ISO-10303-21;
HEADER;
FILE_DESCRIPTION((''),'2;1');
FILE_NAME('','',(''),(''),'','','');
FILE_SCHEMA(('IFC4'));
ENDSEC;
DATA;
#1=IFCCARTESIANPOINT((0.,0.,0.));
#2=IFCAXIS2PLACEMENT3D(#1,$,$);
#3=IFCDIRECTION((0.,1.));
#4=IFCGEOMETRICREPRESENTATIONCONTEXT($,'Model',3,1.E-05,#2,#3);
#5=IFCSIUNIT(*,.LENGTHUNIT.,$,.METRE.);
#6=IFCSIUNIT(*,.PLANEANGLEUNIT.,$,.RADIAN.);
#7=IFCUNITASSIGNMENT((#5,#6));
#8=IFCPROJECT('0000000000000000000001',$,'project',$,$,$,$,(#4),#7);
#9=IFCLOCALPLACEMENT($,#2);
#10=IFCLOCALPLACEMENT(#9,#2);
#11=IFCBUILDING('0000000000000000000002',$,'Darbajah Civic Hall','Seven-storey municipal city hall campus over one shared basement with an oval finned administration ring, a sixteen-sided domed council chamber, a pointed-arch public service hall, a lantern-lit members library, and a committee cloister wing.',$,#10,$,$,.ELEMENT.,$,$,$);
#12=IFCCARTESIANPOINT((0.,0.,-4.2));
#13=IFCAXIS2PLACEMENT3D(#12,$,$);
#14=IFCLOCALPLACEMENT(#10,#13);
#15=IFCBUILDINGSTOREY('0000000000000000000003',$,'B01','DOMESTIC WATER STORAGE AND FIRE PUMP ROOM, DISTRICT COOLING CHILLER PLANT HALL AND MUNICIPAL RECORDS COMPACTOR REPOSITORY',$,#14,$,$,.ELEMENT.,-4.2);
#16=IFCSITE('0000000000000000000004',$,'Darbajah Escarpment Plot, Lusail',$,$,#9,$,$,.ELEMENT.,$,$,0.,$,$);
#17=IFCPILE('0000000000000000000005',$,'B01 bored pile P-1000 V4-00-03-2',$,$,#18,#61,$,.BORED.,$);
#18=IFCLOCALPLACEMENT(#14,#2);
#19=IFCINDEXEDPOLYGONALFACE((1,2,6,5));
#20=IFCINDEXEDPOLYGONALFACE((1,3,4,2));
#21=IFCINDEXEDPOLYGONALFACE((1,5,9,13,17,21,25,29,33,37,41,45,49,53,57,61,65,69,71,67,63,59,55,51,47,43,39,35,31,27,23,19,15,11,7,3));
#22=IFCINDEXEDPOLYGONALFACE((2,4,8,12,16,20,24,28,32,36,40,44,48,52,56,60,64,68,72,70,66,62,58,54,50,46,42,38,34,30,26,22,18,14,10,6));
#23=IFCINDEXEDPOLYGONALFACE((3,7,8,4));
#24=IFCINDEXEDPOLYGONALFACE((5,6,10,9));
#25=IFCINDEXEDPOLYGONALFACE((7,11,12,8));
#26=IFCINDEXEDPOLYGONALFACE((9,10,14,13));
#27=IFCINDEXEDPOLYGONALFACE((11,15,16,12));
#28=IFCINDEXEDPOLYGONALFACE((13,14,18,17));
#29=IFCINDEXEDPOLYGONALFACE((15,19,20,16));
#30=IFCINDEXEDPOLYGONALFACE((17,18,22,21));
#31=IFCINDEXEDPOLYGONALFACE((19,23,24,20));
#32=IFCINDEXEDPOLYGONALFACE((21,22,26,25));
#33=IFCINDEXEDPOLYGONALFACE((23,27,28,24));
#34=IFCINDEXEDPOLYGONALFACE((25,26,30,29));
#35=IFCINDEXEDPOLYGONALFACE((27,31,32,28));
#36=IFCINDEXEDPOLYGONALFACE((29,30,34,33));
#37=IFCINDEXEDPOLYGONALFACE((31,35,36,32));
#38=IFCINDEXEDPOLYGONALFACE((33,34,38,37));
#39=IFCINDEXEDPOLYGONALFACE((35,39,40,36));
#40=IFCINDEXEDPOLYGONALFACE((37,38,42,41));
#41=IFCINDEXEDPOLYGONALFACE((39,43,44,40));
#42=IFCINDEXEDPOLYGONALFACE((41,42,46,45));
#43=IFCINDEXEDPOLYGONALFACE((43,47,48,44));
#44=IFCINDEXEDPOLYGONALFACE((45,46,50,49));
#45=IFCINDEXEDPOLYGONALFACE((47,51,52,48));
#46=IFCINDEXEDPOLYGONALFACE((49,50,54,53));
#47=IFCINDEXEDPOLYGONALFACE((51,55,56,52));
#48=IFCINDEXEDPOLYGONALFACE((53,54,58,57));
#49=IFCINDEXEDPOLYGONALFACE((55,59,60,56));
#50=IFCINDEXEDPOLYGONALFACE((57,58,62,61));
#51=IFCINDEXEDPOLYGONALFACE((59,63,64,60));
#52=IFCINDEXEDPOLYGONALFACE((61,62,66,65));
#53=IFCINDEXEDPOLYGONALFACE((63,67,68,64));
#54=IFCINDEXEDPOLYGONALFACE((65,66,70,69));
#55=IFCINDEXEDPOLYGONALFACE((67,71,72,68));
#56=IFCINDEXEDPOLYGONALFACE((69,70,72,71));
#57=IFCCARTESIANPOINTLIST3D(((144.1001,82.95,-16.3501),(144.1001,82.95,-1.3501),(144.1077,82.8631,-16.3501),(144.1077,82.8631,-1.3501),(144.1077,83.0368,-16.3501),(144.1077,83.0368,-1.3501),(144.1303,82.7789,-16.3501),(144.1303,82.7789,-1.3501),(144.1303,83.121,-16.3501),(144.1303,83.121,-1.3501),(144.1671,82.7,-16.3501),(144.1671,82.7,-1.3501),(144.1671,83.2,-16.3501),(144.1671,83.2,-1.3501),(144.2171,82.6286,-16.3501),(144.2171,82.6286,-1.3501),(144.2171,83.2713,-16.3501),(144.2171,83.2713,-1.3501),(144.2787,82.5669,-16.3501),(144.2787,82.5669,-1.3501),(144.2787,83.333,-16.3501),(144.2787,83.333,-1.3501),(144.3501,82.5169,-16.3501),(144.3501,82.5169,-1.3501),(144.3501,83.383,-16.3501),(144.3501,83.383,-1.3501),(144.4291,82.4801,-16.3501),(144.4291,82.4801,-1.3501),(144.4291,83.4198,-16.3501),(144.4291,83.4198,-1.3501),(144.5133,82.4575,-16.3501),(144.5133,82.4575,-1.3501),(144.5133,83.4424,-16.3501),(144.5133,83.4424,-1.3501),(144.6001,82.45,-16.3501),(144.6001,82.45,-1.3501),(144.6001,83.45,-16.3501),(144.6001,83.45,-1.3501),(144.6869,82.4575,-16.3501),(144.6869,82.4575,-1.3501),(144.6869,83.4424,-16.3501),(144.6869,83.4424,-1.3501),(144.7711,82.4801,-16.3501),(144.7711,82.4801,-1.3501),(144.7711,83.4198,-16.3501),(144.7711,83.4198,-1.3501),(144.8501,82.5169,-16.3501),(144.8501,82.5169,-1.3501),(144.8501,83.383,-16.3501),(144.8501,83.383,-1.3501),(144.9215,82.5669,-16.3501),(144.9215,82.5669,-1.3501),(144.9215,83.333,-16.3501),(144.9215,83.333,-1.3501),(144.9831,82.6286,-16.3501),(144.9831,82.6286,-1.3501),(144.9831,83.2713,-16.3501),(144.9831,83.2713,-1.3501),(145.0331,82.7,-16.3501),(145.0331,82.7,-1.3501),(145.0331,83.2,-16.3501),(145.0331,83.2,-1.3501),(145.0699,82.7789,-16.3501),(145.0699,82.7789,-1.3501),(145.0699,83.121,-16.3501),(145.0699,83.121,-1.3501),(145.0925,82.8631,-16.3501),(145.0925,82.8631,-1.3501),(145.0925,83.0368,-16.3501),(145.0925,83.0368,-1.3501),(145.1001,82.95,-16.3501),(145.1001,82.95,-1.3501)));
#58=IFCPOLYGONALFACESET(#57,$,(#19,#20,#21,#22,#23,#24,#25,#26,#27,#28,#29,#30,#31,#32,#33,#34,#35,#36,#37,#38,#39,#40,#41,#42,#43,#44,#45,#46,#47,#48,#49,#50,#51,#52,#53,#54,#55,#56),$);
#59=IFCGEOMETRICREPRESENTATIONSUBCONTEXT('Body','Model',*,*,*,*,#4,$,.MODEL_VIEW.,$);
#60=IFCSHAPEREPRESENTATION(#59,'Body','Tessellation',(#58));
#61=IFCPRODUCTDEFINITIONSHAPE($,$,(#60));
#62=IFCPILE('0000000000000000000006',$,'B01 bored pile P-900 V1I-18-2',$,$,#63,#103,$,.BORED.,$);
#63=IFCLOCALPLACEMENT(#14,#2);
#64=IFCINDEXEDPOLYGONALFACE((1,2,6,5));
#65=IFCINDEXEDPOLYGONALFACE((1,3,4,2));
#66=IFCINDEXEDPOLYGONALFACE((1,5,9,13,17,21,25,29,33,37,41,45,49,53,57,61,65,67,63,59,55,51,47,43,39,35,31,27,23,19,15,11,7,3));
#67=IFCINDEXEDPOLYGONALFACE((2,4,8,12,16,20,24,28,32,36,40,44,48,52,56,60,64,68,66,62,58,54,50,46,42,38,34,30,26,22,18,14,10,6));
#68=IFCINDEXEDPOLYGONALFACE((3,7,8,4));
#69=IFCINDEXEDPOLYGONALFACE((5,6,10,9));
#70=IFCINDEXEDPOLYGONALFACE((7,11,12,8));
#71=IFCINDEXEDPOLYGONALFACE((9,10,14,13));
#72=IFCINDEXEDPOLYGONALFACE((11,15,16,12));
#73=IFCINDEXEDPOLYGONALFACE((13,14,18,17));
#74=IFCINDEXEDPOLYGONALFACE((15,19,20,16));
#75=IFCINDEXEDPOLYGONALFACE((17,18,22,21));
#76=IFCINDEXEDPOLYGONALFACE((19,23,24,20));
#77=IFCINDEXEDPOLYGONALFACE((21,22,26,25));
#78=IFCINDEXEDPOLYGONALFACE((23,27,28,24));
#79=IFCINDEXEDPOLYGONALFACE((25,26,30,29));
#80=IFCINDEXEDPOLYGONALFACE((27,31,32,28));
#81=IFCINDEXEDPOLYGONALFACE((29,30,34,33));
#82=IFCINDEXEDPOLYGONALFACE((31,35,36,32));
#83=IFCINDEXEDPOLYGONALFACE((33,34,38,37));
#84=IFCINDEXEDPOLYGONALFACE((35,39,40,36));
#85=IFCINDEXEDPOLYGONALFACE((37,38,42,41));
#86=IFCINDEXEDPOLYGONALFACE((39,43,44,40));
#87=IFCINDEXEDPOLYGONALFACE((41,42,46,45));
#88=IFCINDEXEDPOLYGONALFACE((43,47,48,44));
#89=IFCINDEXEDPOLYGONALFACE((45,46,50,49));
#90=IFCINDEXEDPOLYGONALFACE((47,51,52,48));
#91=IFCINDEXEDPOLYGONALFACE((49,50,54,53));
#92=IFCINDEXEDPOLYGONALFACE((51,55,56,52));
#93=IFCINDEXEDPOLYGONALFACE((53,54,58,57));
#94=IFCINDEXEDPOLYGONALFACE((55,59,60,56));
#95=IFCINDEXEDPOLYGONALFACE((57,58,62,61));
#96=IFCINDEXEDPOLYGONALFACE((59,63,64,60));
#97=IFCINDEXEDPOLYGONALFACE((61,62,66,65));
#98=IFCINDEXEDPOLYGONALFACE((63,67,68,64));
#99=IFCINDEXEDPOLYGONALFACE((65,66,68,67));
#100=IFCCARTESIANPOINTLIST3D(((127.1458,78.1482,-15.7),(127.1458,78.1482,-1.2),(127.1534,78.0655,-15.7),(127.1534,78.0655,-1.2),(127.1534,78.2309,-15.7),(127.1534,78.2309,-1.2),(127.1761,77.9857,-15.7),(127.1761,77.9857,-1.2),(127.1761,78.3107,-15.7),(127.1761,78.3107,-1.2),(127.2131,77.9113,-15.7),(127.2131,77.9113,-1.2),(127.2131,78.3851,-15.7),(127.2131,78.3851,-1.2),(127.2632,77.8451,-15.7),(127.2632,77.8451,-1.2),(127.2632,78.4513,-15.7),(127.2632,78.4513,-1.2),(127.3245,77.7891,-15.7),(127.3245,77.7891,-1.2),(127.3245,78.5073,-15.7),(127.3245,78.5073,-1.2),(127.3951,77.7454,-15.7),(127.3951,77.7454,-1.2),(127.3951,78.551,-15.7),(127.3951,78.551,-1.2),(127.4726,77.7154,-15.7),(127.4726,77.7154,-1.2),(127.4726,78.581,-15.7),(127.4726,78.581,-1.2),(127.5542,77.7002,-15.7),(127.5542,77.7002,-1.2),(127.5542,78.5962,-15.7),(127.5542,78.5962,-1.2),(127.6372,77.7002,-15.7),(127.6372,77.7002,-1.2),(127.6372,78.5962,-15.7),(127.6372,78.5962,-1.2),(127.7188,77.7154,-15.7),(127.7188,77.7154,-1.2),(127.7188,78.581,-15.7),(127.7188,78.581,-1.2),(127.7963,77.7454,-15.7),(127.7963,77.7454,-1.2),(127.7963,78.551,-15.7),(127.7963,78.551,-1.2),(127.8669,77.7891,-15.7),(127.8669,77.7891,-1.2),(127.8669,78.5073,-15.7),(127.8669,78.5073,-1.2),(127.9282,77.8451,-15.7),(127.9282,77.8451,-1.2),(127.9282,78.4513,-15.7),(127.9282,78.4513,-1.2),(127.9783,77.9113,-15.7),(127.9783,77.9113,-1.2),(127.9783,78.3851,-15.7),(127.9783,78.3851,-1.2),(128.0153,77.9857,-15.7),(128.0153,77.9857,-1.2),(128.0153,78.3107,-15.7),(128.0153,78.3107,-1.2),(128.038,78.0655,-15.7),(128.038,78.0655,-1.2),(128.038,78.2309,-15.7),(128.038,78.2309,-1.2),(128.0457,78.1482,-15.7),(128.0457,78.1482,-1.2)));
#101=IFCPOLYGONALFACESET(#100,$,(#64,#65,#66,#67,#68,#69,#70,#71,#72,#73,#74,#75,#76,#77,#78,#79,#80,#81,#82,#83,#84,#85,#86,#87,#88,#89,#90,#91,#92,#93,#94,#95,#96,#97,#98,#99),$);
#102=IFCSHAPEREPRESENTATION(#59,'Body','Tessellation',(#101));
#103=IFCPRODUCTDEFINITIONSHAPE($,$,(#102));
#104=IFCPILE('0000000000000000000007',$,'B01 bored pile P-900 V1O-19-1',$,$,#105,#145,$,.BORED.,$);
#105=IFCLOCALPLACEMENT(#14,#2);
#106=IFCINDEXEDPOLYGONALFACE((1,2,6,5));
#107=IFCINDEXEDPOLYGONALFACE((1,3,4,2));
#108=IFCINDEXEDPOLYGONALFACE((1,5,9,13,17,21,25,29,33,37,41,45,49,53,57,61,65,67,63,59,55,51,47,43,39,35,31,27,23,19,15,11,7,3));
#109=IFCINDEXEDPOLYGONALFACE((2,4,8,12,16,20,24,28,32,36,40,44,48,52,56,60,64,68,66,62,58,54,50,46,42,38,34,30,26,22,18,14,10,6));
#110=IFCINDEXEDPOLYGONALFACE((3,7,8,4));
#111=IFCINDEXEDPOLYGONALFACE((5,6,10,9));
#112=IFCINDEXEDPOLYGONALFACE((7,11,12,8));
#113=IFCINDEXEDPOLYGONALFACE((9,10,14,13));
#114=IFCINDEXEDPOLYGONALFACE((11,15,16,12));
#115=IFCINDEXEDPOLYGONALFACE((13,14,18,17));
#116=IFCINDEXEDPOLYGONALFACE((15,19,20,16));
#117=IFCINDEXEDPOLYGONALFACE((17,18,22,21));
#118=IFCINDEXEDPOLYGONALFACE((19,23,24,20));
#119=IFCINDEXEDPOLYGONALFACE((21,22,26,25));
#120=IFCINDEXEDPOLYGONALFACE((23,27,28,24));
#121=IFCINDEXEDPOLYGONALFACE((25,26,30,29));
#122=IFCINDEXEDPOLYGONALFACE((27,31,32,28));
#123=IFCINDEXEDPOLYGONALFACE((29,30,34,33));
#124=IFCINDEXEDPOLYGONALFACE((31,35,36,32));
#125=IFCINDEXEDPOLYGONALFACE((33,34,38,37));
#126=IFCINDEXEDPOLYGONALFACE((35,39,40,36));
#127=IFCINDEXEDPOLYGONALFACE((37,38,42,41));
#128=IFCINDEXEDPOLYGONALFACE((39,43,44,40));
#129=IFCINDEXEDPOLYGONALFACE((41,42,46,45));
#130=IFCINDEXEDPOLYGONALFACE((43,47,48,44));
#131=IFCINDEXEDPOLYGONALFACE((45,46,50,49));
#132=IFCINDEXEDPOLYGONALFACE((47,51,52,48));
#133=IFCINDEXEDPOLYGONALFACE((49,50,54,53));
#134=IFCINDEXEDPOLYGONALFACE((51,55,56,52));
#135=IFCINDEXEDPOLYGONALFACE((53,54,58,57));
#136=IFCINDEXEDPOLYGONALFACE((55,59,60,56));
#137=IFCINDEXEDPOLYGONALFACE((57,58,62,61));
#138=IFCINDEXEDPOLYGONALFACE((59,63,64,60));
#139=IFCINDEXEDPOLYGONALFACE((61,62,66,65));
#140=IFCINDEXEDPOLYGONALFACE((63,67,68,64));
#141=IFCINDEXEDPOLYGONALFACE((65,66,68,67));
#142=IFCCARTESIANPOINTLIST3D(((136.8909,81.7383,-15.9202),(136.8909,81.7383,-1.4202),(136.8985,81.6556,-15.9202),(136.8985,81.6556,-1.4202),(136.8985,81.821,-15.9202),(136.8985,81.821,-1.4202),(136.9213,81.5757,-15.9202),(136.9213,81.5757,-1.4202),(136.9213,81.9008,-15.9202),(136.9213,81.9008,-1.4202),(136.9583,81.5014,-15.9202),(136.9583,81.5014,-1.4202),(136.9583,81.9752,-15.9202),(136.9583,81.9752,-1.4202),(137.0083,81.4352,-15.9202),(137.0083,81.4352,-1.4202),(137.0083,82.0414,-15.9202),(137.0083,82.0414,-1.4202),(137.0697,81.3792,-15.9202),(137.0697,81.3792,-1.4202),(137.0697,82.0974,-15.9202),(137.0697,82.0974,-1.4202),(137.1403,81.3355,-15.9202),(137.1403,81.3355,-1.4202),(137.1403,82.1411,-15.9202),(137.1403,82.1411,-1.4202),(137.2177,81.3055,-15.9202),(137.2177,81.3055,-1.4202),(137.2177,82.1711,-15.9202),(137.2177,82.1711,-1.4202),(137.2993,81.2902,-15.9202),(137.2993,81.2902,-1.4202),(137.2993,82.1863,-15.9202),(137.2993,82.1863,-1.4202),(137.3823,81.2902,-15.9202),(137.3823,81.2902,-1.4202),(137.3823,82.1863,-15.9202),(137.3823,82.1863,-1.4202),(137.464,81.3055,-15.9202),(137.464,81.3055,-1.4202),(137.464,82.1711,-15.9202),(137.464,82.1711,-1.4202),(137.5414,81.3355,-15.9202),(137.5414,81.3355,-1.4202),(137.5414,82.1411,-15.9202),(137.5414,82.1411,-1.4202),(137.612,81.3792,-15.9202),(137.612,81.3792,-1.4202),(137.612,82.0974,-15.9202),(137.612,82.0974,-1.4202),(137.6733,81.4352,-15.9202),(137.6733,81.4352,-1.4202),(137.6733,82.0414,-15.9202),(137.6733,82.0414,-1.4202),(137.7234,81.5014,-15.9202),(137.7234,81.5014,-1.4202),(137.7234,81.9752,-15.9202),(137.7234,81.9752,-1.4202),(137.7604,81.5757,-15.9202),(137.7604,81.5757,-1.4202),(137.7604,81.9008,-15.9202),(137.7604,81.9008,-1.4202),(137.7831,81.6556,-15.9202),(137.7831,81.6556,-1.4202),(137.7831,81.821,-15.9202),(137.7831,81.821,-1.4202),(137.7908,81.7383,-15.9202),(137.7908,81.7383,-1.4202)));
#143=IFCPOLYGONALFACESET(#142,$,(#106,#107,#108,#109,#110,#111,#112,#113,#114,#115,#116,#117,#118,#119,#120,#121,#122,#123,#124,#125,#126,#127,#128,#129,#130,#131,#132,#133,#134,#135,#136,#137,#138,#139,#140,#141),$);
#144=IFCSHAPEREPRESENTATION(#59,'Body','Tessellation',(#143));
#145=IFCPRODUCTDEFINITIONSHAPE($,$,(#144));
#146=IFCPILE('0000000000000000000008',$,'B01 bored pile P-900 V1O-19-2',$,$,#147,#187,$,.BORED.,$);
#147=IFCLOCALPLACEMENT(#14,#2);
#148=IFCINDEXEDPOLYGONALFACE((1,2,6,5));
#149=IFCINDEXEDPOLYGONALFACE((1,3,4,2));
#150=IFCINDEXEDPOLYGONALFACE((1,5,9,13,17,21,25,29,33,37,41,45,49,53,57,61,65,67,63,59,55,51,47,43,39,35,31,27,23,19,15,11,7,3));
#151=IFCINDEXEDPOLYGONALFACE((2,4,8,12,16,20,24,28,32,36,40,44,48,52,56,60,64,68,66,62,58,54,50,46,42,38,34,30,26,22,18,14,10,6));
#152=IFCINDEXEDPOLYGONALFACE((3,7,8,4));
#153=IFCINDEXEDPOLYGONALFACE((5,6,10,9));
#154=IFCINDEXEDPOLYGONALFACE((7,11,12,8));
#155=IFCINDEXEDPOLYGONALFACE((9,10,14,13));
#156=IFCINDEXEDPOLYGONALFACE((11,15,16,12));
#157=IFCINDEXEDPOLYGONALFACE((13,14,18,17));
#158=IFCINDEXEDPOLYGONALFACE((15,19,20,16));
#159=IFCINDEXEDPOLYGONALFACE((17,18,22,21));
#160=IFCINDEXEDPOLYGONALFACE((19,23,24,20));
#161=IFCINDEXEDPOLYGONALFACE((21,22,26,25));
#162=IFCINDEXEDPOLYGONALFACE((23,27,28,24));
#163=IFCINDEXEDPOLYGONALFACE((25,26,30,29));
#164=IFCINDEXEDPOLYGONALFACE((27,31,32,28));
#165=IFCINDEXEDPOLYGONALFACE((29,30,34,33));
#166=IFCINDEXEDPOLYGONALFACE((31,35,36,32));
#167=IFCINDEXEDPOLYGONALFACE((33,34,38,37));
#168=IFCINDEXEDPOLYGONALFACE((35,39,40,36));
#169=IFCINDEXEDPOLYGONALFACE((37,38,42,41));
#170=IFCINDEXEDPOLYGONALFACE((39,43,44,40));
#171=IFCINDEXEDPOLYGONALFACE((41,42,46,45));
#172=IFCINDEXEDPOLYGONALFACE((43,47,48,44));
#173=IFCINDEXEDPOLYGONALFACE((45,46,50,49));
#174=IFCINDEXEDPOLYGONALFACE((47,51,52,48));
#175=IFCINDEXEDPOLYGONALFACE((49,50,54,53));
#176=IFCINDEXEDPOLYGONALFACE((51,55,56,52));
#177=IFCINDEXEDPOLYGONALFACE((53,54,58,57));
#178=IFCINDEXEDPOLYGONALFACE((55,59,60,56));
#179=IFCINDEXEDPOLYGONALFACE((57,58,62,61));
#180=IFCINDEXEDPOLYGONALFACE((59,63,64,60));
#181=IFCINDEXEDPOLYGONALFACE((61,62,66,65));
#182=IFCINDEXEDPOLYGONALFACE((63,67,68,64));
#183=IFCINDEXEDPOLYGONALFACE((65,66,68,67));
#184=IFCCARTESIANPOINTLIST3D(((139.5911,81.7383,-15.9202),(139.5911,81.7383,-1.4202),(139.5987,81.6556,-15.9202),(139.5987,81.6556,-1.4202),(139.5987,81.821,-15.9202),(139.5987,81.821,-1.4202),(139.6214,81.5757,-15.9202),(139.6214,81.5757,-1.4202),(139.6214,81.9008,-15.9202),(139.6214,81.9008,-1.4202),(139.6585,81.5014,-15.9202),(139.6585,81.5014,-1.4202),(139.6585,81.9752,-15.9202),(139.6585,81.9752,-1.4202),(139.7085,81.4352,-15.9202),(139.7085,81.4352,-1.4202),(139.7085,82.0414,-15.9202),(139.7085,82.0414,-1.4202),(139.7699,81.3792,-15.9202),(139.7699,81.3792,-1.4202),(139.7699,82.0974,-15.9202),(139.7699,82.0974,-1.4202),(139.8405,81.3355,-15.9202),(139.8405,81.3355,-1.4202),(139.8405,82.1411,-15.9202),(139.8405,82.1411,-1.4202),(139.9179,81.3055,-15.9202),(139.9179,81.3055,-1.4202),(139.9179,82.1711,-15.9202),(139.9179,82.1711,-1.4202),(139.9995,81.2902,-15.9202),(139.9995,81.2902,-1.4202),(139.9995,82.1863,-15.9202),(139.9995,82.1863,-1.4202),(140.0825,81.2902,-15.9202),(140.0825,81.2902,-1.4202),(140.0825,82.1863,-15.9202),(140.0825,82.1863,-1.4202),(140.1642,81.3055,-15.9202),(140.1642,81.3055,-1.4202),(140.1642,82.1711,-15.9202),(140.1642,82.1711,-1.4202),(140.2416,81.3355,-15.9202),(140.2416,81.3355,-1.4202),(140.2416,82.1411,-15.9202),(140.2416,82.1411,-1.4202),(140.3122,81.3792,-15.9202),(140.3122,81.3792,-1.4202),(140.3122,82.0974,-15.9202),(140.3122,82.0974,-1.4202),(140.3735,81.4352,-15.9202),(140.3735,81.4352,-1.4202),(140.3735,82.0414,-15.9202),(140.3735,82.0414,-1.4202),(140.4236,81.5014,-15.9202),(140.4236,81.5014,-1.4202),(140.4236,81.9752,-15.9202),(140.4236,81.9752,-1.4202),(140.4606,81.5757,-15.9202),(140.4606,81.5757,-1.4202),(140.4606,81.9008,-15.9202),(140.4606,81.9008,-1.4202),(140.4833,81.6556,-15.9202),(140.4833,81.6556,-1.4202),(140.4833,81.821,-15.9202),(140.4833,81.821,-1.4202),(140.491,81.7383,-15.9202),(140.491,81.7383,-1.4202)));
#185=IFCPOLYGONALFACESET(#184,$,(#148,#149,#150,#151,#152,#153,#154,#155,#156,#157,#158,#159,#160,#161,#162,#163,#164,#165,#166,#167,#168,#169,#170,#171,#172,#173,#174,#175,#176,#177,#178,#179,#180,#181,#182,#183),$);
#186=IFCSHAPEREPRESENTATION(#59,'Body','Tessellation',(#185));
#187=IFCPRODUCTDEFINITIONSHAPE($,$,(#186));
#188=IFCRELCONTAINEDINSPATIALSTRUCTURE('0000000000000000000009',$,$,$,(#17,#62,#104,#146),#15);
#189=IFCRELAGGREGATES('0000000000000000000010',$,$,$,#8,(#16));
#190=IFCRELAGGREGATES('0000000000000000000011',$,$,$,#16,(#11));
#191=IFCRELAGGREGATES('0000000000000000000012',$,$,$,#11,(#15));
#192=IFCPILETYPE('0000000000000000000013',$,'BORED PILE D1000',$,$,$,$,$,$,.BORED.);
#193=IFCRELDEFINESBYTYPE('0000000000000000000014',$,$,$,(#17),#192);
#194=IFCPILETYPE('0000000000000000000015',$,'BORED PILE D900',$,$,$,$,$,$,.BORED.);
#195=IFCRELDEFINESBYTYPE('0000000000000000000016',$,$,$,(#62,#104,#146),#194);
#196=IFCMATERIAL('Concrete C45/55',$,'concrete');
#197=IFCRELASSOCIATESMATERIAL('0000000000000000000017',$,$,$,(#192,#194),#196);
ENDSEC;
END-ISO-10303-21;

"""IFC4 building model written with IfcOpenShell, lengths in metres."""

from ifc_helpers import new_model, si_unit, direction, frame, origin, origin_2d, place, context, subcontext, project, spatial, circle, extrude, material, material_profile, profile_set, type_object, element, save


model = new_model("IFC4")

# Units and contexts
model_context = context("Model", 3, precision=1e-05, world=origin(), true_north=direction((0.0, 1.0)))
body_context = subcontext(model_context, "Body", "Model", "MODEL_VIEW")
ifc_project = project(units=[si_unit("LENGTHUNIT", "METRE"), si_unit("PLANEANGLEUNIT", "RADIAN")], contexts=[model_context])

# Site, building, storey
site_placement = place(None, origin())
site = spatial("IfcSite", under=ifc_project, at=site_placement, Name="Darbajah Escarpment Plot, Lusail", CompositionType="ELEMENT", RefElevation=0.0)
building_placement = place(site_placement, origin())
building = spatial("IfcBuilding", under=site, at=building_placement, Name="Darbajah Civic Hall", Description="Seven-storey municipal city hall campus over one shared basement with an oval finned administration ring, a sixteen-sided domed council chamber, a pointed-arch public service hall, a lantern-lit members library, and a committee cloister wing.", CompositionType="ELEMENT")
storey_placement = place(building_placement, frame((0.0, 0.0, -4.2)))
storey = spatial("IfcBuildingStorey", under=building, at=storey_placement, Name="B01", Description="DOMESTIC WATER STORAGE AND FIRE PUMP ROOM, DISTRICT COOLING CHILLER PLANT HALL AND MUNICIPAL RECORDS COMPACTOR REPOSITORY", CompositionType="ELEMENT", Elevation=-4.2)

# Piles
ifc_material_1 = material(Name="Concrete C45/55", Category="concrete")
ifc_material_profile_1 = material_profile(ifc_material_1, circle(Radius=0.5, at=origin_2d()), Name="BORED PILE D1000")
ifc_profile_set_1 = profile_set([ifc_material_profile_1], Name="Concrete C45/55")
pile_type_1 = type_object("IfcPileType", Name="BORED PILE D1000", PredefinedType="BORED", material=ifc_profile_set_1)
for number, where, z_axis, x_axis, name in (
    (1, (144.6001, 82.95, -1.3501), (0.0, 0.0, -1.0), (1.0, 0.0, 0.0), "B01 bored pile P-1000 V4-00-03-2"),
):
    element("IfcPile", number, at=place(storey_placement, frame(where, z_axis=z_axis, x_axis=x_axis)), inside=storey, type_object=pile_type_1, Name=name, PredefinedType="BORED", context=body_context, shape_type="SweptSolid", body=[
        extrude(circle(Radius=0.5, at=origin_2d()), origin(), (0.0, 0.0, 1.0), 15.0),
    ])
ifc_material_profile_2 = material_profile(ifc_material_1, circle(Radius=0.45, at=origin_2d()), Name="BORED PILE D900")
ifc_profile_set_2 = profile_set([ifc_material_profile_2], Name="Concrete C45/55")
pile_type_2 = type_object("IfcPileType", Name="BORED PILE D900", PredefinedType="BORED", material=ifc_profile_set_2)
for number, where, z_axis, x_axis, name in (
    (2, (127.5957, 78.1482, -1.2), (0.0, 0.0, -1.0), (1.0, 0.0, 0.0), "B01 bored pile P-900 V1I-18-2"),
    (3, (137.3408, 81.7383, -1.4202), (0.0, 0.0, -1.0), (1.0, 0.0, 0.0), "B01 bored pile P-900 V1O-19-1"),
    (4, (140.041, 81.7383, -1.4202), (0.0, 0.0, -1.0), (1.0, 0.0, 0.0), "B01 bored pile P-900 V1O-19-2"),
):
    element("IfcPile", number, at=place(storey_placement, frame(where, z_axis=z_axis, x_axis=x_axis)), inside=storey, type_object=pile_type_2, Name=name, PredefinedType="BORED", context=body_context, shape_type="SweptSolid", body=[
        extrude(circle(Radius=0.45, at=origin_2d()), origin(), (0.0, 0.0, 1.0), 14.5),
    ])

save(model, "model.ifc")
